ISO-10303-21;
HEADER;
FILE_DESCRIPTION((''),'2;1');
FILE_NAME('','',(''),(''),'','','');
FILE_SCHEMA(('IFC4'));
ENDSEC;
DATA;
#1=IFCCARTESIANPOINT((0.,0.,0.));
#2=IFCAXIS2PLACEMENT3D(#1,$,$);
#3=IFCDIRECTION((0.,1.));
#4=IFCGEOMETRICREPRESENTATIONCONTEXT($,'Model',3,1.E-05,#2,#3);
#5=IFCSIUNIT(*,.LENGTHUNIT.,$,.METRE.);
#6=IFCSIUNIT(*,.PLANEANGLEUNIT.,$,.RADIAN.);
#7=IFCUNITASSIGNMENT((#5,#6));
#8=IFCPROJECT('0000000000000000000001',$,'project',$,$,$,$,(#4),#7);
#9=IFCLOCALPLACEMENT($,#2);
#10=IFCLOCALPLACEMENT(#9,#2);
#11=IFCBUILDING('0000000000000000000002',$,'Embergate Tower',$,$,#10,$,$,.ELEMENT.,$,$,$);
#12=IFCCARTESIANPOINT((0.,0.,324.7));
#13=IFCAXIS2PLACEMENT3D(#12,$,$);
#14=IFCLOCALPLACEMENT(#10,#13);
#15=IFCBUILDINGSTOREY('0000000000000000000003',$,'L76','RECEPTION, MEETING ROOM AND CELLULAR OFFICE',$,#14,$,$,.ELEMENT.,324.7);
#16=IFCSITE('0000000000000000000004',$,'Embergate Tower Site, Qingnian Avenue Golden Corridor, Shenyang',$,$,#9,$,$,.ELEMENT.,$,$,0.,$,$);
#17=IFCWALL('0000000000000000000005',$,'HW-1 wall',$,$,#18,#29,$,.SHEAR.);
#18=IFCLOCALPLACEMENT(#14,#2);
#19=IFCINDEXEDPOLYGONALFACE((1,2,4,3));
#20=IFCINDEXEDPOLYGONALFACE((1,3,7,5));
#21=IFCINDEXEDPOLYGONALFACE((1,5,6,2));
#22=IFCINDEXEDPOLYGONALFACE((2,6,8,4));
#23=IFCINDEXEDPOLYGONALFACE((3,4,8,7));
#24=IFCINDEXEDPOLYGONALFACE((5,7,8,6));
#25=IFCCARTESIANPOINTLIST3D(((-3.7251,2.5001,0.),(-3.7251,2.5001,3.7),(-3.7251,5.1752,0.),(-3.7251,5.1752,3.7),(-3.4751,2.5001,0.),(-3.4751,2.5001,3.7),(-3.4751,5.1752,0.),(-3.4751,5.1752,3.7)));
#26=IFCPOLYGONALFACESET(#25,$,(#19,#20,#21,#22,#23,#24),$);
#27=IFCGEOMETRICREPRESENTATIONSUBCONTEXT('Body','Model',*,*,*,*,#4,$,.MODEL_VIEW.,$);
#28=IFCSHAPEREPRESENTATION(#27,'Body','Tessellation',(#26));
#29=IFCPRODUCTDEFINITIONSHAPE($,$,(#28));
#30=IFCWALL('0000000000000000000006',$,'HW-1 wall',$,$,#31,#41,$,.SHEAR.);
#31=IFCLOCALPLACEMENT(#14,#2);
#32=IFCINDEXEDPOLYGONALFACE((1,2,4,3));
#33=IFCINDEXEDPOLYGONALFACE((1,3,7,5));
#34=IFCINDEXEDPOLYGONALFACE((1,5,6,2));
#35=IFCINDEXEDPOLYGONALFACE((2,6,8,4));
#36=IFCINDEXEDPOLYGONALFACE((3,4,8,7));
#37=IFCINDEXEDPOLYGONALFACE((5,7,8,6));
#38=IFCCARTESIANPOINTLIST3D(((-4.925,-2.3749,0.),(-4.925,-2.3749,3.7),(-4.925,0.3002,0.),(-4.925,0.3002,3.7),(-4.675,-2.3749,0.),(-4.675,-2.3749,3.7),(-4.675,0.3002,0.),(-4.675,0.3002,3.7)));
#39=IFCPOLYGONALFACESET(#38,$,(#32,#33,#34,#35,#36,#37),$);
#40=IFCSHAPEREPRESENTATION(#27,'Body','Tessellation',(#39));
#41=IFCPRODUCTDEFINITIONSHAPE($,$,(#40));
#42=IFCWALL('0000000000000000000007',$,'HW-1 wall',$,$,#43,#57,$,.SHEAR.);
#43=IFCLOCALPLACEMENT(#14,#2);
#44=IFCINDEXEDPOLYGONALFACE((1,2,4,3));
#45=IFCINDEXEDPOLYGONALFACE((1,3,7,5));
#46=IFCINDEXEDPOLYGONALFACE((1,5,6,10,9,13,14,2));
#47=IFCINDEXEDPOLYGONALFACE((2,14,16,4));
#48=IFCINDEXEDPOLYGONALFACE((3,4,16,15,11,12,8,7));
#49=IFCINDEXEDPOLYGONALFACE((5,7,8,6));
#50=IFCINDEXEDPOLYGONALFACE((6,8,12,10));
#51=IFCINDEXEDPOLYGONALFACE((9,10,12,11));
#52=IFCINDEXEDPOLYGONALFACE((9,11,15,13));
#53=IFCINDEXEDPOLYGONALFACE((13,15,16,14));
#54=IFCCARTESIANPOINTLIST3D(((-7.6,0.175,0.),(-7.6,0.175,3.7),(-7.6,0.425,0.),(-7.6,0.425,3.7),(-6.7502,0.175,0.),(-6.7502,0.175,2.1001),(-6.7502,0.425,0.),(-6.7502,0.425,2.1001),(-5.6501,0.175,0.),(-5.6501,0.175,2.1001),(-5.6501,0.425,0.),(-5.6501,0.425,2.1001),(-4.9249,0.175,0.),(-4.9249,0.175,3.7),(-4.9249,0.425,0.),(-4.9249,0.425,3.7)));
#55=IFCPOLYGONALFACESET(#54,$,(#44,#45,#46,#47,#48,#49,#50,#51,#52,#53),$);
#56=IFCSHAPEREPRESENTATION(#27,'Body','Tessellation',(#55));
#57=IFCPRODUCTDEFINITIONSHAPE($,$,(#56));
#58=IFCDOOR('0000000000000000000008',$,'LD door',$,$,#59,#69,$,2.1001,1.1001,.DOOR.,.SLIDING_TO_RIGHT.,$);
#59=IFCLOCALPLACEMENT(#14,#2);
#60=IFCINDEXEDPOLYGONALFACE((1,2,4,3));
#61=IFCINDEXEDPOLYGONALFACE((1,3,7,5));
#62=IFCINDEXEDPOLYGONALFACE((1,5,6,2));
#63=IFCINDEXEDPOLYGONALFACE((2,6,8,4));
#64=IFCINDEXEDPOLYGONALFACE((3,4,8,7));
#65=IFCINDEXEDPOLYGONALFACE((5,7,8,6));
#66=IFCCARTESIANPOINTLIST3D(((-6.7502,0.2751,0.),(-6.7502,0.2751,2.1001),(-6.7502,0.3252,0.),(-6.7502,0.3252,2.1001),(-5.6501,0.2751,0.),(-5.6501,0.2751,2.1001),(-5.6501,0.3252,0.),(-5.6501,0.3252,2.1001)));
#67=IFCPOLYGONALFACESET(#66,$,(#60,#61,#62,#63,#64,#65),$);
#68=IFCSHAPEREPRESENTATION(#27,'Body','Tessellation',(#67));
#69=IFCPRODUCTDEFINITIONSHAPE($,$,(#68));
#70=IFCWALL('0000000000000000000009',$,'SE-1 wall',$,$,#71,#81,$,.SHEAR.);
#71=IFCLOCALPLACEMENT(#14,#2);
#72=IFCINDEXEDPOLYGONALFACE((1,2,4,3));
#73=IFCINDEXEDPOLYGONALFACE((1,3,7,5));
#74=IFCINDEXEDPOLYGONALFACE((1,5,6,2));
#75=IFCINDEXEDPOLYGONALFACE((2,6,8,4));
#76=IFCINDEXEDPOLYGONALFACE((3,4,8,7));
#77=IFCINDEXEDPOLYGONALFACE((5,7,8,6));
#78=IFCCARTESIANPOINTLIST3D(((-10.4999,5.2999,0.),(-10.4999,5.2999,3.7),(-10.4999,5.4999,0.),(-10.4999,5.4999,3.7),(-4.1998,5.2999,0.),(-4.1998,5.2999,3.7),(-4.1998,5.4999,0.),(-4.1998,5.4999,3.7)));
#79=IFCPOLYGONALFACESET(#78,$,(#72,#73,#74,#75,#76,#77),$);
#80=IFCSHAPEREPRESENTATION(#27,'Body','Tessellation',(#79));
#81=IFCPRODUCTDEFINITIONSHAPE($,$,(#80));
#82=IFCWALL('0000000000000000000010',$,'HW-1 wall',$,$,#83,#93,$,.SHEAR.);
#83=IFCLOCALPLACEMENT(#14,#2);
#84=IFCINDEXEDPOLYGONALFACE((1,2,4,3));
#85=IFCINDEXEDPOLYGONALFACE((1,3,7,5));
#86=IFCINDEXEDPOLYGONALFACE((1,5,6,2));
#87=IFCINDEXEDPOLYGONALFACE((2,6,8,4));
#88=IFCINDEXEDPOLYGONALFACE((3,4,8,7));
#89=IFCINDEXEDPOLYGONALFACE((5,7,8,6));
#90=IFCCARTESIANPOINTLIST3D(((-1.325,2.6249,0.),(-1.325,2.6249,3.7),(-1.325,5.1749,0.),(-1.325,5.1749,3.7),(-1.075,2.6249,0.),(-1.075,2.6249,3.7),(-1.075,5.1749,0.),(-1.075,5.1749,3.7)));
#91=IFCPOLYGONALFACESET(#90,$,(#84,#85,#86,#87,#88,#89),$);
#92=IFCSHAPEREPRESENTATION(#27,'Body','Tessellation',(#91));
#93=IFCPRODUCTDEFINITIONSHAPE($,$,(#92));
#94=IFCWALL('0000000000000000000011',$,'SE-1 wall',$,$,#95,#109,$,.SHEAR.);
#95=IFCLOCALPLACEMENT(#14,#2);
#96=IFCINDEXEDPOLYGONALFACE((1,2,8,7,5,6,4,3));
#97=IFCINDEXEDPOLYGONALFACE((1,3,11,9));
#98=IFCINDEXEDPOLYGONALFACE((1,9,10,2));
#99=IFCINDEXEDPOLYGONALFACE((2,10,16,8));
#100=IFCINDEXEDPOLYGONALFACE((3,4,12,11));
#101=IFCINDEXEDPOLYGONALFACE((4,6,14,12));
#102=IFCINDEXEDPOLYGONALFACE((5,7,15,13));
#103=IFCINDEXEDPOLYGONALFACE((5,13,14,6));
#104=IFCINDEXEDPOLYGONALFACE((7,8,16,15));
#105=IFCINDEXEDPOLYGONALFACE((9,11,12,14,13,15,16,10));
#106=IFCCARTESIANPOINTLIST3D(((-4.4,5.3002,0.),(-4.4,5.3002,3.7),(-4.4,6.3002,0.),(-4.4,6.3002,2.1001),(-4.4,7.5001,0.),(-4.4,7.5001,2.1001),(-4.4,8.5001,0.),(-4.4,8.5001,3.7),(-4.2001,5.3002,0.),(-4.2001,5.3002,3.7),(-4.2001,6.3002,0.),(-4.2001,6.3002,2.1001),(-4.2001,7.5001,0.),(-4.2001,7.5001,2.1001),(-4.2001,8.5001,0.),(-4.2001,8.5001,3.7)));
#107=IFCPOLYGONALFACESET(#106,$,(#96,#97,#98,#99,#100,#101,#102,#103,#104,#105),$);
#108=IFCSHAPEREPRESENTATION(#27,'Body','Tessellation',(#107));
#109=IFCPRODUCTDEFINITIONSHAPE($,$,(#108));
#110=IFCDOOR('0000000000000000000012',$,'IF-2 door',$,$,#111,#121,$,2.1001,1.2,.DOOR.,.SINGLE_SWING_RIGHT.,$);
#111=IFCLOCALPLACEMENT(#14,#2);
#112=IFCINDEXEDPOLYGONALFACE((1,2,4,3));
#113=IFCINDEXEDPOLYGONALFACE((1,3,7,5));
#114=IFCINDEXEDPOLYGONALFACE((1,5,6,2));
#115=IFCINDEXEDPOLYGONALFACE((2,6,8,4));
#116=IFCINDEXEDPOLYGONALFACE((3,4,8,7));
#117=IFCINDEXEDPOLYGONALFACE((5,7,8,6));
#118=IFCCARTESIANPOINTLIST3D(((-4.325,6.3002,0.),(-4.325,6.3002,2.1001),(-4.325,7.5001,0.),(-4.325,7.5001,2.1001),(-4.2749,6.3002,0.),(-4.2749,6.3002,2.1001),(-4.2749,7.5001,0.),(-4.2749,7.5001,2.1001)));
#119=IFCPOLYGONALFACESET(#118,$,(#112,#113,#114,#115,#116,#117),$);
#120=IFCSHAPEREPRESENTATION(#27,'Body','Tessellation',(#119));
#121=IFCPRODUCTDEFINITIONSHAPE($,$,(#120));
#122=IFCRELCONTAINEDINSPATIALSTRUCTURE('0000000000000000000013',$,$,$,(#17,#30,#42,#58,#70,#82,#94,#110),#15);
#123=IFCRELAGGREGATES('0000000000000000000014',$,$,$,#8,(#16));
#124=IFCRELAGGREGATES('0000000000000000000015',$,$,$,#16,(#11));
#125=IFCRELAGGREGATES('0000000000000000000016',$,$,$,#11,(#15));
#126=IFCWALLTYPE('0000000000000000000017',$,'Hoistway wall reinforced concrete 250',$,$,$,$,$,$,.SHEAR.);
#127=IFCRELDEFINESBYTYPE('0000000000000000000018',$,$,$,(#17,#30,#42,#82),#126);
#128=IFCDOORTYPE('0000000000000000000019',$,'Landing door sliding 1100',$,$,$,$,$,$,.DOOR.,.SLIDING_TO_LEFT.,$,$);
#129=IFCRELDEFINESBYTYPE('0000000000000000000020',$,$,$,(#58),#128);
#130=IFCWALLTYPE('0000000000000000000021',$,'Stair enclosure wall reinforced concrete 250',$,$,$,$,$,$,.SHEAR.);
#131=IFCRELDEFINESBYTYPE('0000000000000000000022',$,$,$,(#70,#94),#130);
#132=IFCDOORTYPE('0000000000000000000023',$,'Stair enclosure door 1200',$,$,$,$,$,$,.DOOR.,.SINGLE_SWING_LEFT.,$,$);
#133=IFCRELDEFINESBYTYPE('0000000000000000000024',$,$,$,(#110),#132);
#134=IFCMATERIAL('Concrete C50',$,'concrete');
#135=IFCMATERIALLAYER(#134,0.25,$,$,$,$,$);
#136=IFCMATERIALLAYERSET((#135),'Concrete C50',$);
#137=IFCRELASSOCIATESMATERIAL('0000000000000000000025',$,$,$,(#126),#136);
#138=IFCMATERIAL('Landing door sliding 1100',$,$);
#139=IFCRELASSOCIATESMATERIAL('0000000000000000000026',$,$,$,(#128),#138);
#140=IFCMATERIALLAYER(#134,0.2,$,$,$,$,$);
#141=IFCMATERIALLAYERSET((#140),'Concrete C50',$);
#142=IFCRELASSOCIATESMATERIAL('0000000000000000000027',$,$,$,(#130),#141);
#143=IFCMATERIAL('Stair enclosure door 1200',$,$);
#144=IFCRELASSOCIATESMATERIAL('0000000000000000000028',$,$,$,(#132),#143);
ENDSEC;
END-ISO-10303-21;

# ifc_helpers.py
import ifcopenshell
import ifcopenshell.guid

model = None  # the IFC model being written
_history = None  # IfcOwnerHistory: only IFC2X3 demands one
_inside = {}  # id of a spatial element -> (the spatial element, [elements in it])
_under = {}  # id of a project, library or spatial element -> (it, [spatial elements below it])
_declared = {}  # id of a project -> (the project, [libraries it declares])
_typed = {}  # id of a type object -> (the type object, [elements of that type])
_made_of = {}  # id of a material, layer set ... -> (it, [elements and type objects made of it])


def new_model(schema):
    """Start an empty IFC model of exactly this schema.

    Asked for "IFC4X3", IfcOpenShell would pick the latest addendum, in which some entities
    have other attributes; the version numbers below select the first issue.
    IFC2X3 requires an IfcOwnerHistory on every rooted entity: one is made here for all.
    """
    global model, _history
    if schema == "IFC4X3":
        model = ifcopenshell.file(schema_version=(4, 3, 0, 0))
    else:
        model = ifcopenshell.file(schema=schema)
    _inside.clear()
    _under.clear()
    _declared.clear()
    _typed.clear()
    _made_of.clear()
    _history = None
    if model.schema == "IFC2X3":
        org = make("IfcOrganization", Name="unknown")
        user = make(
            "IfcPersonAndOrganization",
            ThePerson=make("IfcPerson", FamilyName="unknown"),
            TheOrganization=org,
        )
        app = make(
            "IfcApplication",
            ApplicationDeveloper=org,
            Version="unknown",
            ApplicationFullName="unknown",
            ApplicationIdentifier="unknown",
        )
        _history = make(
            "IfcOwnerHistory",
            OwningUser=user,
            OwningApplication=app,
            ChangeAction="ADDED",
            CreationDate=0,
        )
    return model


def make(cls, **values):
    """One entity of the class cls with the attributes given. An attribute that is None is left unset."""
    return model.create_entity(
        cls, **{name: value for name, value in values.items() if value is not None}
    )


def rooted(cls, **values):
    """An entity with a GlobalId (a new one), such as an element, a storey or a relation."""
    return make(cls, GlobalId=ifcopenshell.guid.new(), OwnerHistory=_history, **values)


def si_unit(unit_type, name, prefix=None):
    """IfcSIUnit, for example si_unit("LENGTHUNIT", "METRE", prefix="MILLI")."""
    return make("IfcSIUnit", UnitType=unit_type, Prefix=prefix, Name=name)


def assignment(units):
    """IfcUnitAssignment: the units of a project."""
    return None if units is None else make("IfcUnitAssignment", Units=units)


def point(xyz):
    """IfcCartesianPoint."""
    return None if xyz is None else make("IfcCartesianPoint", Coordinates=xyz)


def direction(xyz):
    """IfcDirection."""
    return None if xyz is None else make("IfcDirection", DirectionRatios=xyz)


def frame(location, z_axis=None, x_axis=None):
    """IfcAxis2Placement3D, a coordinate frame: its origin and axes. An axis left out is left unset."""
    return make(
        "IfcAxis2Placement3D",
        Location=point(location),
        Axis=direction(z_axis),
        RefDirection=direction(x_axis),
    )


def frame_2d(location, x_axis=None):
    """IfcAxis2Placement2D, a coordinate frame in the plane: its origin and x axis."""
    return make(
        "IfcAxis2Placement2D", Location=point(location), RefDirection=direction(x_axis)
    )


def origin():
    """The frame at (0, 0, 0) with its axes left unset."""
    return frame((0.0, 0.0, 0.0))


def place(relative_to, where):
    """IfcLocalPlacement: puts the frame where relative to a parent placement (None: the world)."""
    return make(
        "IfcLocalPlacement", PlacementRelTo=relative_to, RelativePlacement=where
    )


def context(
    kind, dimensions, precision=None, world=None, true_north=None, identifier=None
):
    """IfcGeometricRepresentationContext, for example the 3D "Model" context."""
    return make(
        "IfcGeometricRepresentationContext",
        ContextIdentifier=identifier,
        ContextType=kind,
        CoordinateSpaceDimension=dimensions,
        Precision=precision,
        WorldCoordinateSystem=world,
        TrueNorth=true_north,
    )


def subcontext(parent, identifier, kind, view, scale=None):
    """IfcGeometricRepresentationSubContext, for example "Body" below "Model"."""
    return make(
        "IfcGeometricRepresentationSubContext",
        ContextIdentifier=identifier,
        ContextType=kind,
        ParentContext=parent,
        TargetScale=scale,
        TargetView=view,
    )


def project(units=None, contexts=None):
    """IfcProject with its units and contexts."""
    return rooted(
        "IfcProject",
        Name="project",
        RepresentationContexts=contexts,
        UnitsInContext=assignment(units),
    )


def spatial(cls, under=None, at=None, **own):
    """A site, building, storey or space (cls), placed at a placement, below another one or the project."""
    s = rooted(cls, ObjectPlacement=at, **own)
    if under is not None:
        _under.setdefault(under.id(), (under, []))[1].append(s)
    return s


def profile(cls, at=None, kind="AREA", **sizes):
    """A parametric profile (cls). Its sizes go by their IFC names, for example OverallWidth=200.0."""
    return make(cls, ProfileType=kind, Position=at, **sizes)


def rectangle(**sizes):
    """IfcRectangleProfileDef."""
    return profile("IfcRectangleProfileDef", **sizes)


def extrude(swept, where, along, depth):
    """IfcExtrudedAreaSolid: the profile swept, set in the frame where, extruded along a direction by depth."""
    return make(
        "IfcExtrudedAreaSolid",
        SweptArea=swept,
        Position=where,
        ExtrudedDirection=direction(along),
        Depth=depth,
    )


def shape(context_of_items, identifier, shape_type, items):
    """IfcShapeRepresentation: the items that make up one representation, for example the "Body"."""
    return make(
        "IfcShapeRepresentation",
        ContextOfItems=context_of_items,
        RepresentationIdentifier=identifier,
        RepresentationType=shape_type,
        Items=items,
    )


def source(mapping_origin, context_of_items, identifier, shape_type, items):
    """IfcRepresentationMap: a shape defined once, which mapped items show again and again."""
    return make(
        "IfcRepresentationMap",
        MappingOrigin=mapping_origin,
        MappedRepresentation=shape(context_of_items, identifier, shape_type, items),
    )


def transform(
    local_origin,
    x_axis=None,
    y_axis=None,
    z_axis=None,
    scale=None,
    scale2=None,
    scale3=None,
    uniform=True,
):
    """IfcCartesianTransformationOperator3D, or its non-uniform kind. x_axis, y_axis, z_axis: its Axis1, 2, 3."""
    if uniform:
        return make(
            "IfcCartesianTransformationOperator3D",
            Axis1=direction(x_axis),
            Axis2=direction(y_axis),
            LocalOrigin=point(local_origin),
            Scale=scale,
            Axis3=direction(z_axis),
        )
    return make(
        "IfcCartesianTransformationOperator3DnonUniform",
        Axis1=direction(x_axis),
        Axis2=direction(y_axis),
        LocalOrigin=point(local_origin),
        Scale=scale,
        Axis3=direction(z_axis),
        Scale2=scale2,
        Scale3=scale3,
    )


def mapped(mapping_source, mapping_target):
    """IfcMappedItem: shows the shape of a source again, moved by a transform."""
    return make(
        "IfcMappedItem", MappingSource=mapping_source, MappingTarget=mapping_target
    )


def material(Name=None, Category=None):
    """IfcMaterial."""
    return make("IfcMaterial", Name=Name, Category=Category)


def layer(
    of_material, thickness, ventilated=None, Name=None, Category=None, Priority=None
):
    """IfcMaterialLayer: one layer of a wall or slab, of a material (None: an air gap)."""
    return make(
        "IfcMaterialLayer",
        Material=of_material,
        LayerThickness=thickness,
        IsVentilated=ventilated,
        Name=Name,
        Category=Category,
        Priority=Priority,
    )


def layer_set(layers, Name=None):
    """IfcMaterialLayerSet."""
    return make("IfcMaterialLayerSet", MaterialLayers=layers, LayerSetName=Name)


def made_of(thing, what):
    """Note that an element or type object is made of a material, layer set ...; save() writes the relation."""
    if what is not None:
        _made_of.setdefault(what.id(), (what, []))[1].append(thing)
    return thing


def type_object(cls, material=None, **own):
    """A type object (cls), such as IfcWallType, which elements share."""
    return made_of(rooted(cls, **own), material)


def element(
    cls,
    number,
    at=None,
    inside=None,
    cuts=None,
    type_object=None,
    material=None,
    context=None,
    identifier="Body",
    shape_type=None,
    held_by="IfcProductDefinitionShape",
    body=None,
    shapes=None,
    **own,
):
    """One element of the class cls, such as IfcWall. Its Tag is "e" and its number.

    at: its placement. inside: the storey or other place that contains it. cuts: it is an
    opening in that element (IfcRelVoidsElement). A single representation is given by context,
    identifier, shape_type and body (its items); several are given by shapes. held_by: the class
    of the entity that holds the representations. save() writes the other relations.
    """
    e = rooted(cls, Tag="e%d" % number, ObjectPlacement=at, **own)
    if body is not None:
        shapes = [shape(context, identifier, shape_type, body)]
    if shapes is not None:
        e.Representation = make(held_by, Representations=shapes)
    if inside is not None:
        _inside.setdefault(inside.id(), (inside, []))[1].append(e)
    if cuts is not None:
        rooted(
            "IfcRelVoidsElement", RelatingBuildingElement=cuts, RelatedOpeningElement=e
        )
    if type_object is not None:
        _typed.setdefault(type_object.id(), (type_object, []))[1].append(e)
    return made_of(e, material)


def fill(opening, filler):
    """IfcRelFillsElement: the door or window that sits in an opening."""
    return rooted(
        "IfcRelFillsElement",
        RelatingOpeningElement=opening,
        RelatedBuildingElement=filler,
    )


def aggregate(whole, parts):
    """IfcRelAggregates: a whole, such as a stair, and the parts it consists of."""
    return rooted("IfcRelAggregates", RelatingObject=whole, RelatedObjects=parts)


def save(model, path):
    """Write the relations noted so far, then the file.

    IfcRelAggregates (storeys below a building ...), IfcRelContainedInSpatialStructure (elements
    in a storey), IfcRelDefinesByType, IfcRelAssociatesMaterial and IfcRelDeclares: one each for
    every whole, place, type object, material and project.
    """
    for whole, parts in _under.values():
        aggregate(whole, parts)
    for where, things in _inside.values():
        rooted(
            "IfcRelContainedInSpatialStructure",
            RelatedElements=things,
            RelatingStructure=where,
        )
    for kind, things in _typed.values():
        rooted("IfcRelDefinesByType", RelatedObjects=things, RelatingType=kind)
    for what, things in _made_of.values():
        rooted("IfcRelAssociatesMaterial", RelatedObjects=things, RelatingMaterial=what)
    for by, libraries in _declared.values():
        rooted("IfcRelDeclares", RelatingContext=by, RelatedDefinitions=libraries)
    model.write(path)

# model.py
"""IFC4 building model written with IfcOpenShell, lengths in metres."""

from ifc_helpers import new_model, si_unit, direction, frame, frame_2d, origin, place, context, subcontext, project, spatial, rectangle, extrude, source, transform, mapped, material, layer, layer_set, type_object, element, fill, save


model = new_model("IFC4")

# Units and contexts
model_context = context("Model", 3, precision=1e-05, world=origin(), true_north=direction((0.0, 1.0)))
body_context = subcontext(model_context, "Body", "Model", "MODEL_VIEW")
ifc_project = project(units=[si_unit("LENGTHUNIT", "METRE"), si_unit("PLANEANGLEUNIT", "RADIAN")], contexts=[model_context])

# Site, building, storey
site_placement = place(None, origin())
site = spatial("IfcSite", under=ifc_project, at=site_placement, Name="Embergate Tower Site, Qingnian Avenue Golden Corridor, Shenyang", CompositionType="ELEMENT", RefElevation=0.0)
building_placement = place(site_placement, origin())
building = spatial("IfcBuilding", under=site, at=building_placement, Name="Embergate Tower", CompositionType="ELEMENT")
storey_placement = place(building_placement, frame((0.0, 0.0, 324.7)))
storey = spatial("IfcBuildingStorey", under=building, at=storey_placement, Name="L76", Description="RECEPTION, MEETING ROOM AND CELLULAR OFFICE", CompositionType="ELEMENT", Elevation=324.7)

# Walls
ifc_material_1 = material(Name="Concrete C50", Category="concrete")
ifc_layer_1 = layer(ifc_material_1, 0.25)
ifc_layer_set_1 = layer_set([ifc_layer_1], Name="Concrete C50")
wall_type_1 = type_object("IfcWallType", Name="Hoistway wall reinforced concrete 250", PredefinedType="SHEAR", material=ifc_layer_set_1)
shared_shape_1 = source(origin(), body_context, "Body", "SweptSolid", [
    extrude(rectangle(XDim=2.675, YDim=0.25, at=frame_2d((1.3374, 0.0))), origin(), (0.0, 0.0, 1.0), 3.7),
])
for number, where, z_axis, x_axis, name in (
    (1, (-3.6001, 5.175, 0.0), (0.0, 0.0, 1.0), (0.0, -1.0, 0.0), "HW-1 wall"),
    (2, (-4.8, 0.3, 0.0), (0.0, 0.0, 1.0), (0.0, -1.0, 0.0), "HW-1 wall"),
):
    element("IfcWall", number, at=place(storey_placement, frame(where, z_axis=z_axis, x_axis=x_axis)), inside=storey, type_object=wall_type_1, Name=name, PredefinedType="SHEAR", context=body_context, shape_type="MappedRepresentation", body=[
        mapped(shared_shape_1, transform((0.0, 0.0, 0.0))),
    ])

# Wall, opening, door
wall_1_placement = place(storey_placement, frame((-4.925, 0.3, 0.0), z_axis=(0.0, 0.0, 1.0), x_axis=(-1.0, 0.0, 0.0)))
wall_1 = element("IfcWall", 3, at=wall_1_placement, inside=storey, type_object=wall_type_1, Name="HW-1 wall", PredefinedType="SHEAR", context=body_context, shape_type="MappedRepresentation", body=[
    mapped(shared_shape_1, transform((0.0, 0.0, 0.0))),
])
shared_shape_2 = source(origin(), body_context, "Body", "SweptSolid", [
    extrude(rectangle(XDim=1.1001, YDim=2.1001, at=frame_2d((0.55, 1.05))), frame((0.0, 0.135, 0.0), z_axis=(0.0, -1.0, 0.0), x_axis=(1.0, 0.0, 0.0)), (0.0, 0.0, 1.0), 0.27),
])
opening_1_placement = place(wall_1_placement, frame((0.7251, 0.0, 0.0)))
opening_1 = element("IfcOpeningElement", 4, at=opening_1_placement, cuts=wall_1, PredefinedType="OPENING", context=body_context, shape_type="MappedRepresentation", body=[
    mapped(shared_shape_2, transform((0.0, 0.0, 0.0))),
])
ifc_material_2 = material(Name="Landing door sliding 1100")
door_type_1 = type_object("IfcDoorType", Name="Landing door sliding 1100", OperationType="SLIDING_TO_LEFT", PredefinedType="DOOR", material=ifc_material_2)
shared_shape_3 = source(origin(), body_context, "Body", "SweptSolid", [
    extrude(rectangle(XDim=1.1001, YDim=2.1001, at=frame_2d((0.55, 1.05))), frame((0.0, 0.0249, 0.0), z_axis=(0.0, -1.0, 0.0), x_axis=(1.0, 0.0, 0.0)), (0.0, 0.0, 1.0), 0.05),
])
door_1_placement = place(opening_1_placement, origin())
door_1 = element("IfcDoor", 5, at=door_1_placement, inside=storey, type_object=door_type_1, Name="LD door", OperationType="SLIDING_TO_RIGHT", OverallHeight=2.1001, OverallWidth=1.1001, PredefinedType="DOOR", context=body_context, shape_type="MappedRepresentation", body=[
    mapped(shared_shape_3, transform((0.0, 0.0, 0.0))),
])
fill(opening_1, door_1)

# Walls
ifc_layer_2 = layer(ifc_material_1, 0.2)
ifc_layer_set_2 = layer_set([ifc_layer_2], Name="Concrete C50")
wall_type_2 = type_object("IfcWallType", Name="Stair enclosure wall reinforced concrete 250", PredefinedType="SHEAR", material=ifc_layer_set_2)
shared_shape_4 = source(origin(), body_context, "Body", "SweptSolid", [
    extrude(rectangle(XDim=6.3, YDim=0.2, at=frame_2d((3.1499, 0.0))), origin(), (0.0, 0.0, 1.0), 3.7),
])
wall_2_placement = place(storey_placement, frame((-4.2, 5.3999, 0.0), z_axis=(0.0, 0.0, 1.0), x_axis=(-1.0, 0.0, 0.0)))
element("IfcWall", 6, at=wall_2_placement, inside=storey, type_object=wall_type_2, Name="SE-1 wall", PredefinedType="SHEAR", context=body_context, shape_type="MappedRepresentation", body=[
    mapped(shared_shape_4, transform((0.0, 0.0, 0.0))),
])
shared_shape_5 = source(origin(), body_context, "Body", "SweptSolid", [
    extrude(rectangle(XDim=2.55, YDim=0.25, at=frame_2d((1.2749, 0.0))), origin(), (0.0, 0.0, 1.0), 3.7),
])
wall_3_placement = place(storey_placement, frame((-1.2, 2.625, 0.0), z_axis=(0.0, 0.0, 1.0), x_axis=(0.0, 1.0, 0.0)))
element("IfcWall", 7, at=wall_3_placement, inside=storey, type_object=wall_type_1, Name="HW-1 wall", PredefinedType="SHEAR", context=body_context, shape_type="MappedRepresentation", body=[
    mapped(shared_shape_5, transform((0.0, 0.0, 0.0))),
])

# Wall, opening, door
shared_shape_6 = source(origin(), body_context, "Body", "SweptSolid", [
    extrude(rectangle(XDim=3.2, YDim=0.2, at=frame_2d((1.6001, 0.0))), origin(), (0.0, 0.0, 1.0), 3.7),
])
wall_4_placement = place(storey_placement, frame((-4.3, 5.3, 0.0), z_axis=(0.0, 0.0, 1.0), x_axis=(0.0, 1.0, 0.0)))
wall_4 = element("IfcWall", 8, at=wall_4_placement, inside=storey, type_object=wall_type_2, Name="SE-1 wall", PredefinedType="SHEAR", context=body_context, shape_type="MappedRepresentation", body=[
    mapped(shared_shape_6, transform((0.0, 0.0, 0.0))),
])
shared_shape_7 = source(origin(), body_context, "Body", "SweptSolid", [
    extrude(rectangle(XDim=1.2, YDim=2.1001, at=frame_2d((0.6001, 1.05))), frame((0.0, 0.1099, 0.0), z_axis=(0.0, -1.0, 0.0), x_axis=(1.0, 0.0, 0.0)), (0.0, 0.0, 1.0), 0.22),
])
opening_2_placement = place(wall_4_placement, frame((1.0, 0.0, 0.0)))
opening_2 = element("IfcOpeningElement", 9, at=opening_2_placement, cuts=wall_4, PredefinedType="OPENING", context=body_context, shape_type="MappedRepresentation", body=[
    mapped(shared_shape_7, transform((0.0, 0.0, 0.0))),
])
ifc_material_3 = material(Name="Stair enclosure door 1200")
door_type_2 = type_object("IfcDoorType", Name="Stair enclosure door 1200", OperationType="SINGLE_SWING_LEFT", PredefinedType="DOOR", material=ifc_material_3)
shared_shape_8 = source(origin(), body_context, "Body", "SweptSolid", [
    extrude(rectangle(XDim=1.2, YDim=2.1001, at=frame_2d((0.6001, 1.05))), frame((0.0, 0.0249, 0.0), z_axis=(0.0, -1.0, 0.0), x_axis=(1.0, 0.0, 0.0)), (0.0, 0.0, 1.0), 0.05),
])
door_2_placement = place(opening_2_placement, origin())
door_2 = element("IfcDoor", 10, at=door_2_placement, inside=storey, type_object=door_type_2, Name="IF-2 door", OperationType="SINGLE_SWING_RIGHT", OverallHeight=2.1001, OverallWidth=1.2, PredefinedType="DOOR", context=body_context, shape_type="MappedRepresentation", body=[
    mapped(shared_shape_8, transform((0.0, 0.0, 0.0))),
])
fill(opening_2, door_2)

save(model, "model.ifc")
